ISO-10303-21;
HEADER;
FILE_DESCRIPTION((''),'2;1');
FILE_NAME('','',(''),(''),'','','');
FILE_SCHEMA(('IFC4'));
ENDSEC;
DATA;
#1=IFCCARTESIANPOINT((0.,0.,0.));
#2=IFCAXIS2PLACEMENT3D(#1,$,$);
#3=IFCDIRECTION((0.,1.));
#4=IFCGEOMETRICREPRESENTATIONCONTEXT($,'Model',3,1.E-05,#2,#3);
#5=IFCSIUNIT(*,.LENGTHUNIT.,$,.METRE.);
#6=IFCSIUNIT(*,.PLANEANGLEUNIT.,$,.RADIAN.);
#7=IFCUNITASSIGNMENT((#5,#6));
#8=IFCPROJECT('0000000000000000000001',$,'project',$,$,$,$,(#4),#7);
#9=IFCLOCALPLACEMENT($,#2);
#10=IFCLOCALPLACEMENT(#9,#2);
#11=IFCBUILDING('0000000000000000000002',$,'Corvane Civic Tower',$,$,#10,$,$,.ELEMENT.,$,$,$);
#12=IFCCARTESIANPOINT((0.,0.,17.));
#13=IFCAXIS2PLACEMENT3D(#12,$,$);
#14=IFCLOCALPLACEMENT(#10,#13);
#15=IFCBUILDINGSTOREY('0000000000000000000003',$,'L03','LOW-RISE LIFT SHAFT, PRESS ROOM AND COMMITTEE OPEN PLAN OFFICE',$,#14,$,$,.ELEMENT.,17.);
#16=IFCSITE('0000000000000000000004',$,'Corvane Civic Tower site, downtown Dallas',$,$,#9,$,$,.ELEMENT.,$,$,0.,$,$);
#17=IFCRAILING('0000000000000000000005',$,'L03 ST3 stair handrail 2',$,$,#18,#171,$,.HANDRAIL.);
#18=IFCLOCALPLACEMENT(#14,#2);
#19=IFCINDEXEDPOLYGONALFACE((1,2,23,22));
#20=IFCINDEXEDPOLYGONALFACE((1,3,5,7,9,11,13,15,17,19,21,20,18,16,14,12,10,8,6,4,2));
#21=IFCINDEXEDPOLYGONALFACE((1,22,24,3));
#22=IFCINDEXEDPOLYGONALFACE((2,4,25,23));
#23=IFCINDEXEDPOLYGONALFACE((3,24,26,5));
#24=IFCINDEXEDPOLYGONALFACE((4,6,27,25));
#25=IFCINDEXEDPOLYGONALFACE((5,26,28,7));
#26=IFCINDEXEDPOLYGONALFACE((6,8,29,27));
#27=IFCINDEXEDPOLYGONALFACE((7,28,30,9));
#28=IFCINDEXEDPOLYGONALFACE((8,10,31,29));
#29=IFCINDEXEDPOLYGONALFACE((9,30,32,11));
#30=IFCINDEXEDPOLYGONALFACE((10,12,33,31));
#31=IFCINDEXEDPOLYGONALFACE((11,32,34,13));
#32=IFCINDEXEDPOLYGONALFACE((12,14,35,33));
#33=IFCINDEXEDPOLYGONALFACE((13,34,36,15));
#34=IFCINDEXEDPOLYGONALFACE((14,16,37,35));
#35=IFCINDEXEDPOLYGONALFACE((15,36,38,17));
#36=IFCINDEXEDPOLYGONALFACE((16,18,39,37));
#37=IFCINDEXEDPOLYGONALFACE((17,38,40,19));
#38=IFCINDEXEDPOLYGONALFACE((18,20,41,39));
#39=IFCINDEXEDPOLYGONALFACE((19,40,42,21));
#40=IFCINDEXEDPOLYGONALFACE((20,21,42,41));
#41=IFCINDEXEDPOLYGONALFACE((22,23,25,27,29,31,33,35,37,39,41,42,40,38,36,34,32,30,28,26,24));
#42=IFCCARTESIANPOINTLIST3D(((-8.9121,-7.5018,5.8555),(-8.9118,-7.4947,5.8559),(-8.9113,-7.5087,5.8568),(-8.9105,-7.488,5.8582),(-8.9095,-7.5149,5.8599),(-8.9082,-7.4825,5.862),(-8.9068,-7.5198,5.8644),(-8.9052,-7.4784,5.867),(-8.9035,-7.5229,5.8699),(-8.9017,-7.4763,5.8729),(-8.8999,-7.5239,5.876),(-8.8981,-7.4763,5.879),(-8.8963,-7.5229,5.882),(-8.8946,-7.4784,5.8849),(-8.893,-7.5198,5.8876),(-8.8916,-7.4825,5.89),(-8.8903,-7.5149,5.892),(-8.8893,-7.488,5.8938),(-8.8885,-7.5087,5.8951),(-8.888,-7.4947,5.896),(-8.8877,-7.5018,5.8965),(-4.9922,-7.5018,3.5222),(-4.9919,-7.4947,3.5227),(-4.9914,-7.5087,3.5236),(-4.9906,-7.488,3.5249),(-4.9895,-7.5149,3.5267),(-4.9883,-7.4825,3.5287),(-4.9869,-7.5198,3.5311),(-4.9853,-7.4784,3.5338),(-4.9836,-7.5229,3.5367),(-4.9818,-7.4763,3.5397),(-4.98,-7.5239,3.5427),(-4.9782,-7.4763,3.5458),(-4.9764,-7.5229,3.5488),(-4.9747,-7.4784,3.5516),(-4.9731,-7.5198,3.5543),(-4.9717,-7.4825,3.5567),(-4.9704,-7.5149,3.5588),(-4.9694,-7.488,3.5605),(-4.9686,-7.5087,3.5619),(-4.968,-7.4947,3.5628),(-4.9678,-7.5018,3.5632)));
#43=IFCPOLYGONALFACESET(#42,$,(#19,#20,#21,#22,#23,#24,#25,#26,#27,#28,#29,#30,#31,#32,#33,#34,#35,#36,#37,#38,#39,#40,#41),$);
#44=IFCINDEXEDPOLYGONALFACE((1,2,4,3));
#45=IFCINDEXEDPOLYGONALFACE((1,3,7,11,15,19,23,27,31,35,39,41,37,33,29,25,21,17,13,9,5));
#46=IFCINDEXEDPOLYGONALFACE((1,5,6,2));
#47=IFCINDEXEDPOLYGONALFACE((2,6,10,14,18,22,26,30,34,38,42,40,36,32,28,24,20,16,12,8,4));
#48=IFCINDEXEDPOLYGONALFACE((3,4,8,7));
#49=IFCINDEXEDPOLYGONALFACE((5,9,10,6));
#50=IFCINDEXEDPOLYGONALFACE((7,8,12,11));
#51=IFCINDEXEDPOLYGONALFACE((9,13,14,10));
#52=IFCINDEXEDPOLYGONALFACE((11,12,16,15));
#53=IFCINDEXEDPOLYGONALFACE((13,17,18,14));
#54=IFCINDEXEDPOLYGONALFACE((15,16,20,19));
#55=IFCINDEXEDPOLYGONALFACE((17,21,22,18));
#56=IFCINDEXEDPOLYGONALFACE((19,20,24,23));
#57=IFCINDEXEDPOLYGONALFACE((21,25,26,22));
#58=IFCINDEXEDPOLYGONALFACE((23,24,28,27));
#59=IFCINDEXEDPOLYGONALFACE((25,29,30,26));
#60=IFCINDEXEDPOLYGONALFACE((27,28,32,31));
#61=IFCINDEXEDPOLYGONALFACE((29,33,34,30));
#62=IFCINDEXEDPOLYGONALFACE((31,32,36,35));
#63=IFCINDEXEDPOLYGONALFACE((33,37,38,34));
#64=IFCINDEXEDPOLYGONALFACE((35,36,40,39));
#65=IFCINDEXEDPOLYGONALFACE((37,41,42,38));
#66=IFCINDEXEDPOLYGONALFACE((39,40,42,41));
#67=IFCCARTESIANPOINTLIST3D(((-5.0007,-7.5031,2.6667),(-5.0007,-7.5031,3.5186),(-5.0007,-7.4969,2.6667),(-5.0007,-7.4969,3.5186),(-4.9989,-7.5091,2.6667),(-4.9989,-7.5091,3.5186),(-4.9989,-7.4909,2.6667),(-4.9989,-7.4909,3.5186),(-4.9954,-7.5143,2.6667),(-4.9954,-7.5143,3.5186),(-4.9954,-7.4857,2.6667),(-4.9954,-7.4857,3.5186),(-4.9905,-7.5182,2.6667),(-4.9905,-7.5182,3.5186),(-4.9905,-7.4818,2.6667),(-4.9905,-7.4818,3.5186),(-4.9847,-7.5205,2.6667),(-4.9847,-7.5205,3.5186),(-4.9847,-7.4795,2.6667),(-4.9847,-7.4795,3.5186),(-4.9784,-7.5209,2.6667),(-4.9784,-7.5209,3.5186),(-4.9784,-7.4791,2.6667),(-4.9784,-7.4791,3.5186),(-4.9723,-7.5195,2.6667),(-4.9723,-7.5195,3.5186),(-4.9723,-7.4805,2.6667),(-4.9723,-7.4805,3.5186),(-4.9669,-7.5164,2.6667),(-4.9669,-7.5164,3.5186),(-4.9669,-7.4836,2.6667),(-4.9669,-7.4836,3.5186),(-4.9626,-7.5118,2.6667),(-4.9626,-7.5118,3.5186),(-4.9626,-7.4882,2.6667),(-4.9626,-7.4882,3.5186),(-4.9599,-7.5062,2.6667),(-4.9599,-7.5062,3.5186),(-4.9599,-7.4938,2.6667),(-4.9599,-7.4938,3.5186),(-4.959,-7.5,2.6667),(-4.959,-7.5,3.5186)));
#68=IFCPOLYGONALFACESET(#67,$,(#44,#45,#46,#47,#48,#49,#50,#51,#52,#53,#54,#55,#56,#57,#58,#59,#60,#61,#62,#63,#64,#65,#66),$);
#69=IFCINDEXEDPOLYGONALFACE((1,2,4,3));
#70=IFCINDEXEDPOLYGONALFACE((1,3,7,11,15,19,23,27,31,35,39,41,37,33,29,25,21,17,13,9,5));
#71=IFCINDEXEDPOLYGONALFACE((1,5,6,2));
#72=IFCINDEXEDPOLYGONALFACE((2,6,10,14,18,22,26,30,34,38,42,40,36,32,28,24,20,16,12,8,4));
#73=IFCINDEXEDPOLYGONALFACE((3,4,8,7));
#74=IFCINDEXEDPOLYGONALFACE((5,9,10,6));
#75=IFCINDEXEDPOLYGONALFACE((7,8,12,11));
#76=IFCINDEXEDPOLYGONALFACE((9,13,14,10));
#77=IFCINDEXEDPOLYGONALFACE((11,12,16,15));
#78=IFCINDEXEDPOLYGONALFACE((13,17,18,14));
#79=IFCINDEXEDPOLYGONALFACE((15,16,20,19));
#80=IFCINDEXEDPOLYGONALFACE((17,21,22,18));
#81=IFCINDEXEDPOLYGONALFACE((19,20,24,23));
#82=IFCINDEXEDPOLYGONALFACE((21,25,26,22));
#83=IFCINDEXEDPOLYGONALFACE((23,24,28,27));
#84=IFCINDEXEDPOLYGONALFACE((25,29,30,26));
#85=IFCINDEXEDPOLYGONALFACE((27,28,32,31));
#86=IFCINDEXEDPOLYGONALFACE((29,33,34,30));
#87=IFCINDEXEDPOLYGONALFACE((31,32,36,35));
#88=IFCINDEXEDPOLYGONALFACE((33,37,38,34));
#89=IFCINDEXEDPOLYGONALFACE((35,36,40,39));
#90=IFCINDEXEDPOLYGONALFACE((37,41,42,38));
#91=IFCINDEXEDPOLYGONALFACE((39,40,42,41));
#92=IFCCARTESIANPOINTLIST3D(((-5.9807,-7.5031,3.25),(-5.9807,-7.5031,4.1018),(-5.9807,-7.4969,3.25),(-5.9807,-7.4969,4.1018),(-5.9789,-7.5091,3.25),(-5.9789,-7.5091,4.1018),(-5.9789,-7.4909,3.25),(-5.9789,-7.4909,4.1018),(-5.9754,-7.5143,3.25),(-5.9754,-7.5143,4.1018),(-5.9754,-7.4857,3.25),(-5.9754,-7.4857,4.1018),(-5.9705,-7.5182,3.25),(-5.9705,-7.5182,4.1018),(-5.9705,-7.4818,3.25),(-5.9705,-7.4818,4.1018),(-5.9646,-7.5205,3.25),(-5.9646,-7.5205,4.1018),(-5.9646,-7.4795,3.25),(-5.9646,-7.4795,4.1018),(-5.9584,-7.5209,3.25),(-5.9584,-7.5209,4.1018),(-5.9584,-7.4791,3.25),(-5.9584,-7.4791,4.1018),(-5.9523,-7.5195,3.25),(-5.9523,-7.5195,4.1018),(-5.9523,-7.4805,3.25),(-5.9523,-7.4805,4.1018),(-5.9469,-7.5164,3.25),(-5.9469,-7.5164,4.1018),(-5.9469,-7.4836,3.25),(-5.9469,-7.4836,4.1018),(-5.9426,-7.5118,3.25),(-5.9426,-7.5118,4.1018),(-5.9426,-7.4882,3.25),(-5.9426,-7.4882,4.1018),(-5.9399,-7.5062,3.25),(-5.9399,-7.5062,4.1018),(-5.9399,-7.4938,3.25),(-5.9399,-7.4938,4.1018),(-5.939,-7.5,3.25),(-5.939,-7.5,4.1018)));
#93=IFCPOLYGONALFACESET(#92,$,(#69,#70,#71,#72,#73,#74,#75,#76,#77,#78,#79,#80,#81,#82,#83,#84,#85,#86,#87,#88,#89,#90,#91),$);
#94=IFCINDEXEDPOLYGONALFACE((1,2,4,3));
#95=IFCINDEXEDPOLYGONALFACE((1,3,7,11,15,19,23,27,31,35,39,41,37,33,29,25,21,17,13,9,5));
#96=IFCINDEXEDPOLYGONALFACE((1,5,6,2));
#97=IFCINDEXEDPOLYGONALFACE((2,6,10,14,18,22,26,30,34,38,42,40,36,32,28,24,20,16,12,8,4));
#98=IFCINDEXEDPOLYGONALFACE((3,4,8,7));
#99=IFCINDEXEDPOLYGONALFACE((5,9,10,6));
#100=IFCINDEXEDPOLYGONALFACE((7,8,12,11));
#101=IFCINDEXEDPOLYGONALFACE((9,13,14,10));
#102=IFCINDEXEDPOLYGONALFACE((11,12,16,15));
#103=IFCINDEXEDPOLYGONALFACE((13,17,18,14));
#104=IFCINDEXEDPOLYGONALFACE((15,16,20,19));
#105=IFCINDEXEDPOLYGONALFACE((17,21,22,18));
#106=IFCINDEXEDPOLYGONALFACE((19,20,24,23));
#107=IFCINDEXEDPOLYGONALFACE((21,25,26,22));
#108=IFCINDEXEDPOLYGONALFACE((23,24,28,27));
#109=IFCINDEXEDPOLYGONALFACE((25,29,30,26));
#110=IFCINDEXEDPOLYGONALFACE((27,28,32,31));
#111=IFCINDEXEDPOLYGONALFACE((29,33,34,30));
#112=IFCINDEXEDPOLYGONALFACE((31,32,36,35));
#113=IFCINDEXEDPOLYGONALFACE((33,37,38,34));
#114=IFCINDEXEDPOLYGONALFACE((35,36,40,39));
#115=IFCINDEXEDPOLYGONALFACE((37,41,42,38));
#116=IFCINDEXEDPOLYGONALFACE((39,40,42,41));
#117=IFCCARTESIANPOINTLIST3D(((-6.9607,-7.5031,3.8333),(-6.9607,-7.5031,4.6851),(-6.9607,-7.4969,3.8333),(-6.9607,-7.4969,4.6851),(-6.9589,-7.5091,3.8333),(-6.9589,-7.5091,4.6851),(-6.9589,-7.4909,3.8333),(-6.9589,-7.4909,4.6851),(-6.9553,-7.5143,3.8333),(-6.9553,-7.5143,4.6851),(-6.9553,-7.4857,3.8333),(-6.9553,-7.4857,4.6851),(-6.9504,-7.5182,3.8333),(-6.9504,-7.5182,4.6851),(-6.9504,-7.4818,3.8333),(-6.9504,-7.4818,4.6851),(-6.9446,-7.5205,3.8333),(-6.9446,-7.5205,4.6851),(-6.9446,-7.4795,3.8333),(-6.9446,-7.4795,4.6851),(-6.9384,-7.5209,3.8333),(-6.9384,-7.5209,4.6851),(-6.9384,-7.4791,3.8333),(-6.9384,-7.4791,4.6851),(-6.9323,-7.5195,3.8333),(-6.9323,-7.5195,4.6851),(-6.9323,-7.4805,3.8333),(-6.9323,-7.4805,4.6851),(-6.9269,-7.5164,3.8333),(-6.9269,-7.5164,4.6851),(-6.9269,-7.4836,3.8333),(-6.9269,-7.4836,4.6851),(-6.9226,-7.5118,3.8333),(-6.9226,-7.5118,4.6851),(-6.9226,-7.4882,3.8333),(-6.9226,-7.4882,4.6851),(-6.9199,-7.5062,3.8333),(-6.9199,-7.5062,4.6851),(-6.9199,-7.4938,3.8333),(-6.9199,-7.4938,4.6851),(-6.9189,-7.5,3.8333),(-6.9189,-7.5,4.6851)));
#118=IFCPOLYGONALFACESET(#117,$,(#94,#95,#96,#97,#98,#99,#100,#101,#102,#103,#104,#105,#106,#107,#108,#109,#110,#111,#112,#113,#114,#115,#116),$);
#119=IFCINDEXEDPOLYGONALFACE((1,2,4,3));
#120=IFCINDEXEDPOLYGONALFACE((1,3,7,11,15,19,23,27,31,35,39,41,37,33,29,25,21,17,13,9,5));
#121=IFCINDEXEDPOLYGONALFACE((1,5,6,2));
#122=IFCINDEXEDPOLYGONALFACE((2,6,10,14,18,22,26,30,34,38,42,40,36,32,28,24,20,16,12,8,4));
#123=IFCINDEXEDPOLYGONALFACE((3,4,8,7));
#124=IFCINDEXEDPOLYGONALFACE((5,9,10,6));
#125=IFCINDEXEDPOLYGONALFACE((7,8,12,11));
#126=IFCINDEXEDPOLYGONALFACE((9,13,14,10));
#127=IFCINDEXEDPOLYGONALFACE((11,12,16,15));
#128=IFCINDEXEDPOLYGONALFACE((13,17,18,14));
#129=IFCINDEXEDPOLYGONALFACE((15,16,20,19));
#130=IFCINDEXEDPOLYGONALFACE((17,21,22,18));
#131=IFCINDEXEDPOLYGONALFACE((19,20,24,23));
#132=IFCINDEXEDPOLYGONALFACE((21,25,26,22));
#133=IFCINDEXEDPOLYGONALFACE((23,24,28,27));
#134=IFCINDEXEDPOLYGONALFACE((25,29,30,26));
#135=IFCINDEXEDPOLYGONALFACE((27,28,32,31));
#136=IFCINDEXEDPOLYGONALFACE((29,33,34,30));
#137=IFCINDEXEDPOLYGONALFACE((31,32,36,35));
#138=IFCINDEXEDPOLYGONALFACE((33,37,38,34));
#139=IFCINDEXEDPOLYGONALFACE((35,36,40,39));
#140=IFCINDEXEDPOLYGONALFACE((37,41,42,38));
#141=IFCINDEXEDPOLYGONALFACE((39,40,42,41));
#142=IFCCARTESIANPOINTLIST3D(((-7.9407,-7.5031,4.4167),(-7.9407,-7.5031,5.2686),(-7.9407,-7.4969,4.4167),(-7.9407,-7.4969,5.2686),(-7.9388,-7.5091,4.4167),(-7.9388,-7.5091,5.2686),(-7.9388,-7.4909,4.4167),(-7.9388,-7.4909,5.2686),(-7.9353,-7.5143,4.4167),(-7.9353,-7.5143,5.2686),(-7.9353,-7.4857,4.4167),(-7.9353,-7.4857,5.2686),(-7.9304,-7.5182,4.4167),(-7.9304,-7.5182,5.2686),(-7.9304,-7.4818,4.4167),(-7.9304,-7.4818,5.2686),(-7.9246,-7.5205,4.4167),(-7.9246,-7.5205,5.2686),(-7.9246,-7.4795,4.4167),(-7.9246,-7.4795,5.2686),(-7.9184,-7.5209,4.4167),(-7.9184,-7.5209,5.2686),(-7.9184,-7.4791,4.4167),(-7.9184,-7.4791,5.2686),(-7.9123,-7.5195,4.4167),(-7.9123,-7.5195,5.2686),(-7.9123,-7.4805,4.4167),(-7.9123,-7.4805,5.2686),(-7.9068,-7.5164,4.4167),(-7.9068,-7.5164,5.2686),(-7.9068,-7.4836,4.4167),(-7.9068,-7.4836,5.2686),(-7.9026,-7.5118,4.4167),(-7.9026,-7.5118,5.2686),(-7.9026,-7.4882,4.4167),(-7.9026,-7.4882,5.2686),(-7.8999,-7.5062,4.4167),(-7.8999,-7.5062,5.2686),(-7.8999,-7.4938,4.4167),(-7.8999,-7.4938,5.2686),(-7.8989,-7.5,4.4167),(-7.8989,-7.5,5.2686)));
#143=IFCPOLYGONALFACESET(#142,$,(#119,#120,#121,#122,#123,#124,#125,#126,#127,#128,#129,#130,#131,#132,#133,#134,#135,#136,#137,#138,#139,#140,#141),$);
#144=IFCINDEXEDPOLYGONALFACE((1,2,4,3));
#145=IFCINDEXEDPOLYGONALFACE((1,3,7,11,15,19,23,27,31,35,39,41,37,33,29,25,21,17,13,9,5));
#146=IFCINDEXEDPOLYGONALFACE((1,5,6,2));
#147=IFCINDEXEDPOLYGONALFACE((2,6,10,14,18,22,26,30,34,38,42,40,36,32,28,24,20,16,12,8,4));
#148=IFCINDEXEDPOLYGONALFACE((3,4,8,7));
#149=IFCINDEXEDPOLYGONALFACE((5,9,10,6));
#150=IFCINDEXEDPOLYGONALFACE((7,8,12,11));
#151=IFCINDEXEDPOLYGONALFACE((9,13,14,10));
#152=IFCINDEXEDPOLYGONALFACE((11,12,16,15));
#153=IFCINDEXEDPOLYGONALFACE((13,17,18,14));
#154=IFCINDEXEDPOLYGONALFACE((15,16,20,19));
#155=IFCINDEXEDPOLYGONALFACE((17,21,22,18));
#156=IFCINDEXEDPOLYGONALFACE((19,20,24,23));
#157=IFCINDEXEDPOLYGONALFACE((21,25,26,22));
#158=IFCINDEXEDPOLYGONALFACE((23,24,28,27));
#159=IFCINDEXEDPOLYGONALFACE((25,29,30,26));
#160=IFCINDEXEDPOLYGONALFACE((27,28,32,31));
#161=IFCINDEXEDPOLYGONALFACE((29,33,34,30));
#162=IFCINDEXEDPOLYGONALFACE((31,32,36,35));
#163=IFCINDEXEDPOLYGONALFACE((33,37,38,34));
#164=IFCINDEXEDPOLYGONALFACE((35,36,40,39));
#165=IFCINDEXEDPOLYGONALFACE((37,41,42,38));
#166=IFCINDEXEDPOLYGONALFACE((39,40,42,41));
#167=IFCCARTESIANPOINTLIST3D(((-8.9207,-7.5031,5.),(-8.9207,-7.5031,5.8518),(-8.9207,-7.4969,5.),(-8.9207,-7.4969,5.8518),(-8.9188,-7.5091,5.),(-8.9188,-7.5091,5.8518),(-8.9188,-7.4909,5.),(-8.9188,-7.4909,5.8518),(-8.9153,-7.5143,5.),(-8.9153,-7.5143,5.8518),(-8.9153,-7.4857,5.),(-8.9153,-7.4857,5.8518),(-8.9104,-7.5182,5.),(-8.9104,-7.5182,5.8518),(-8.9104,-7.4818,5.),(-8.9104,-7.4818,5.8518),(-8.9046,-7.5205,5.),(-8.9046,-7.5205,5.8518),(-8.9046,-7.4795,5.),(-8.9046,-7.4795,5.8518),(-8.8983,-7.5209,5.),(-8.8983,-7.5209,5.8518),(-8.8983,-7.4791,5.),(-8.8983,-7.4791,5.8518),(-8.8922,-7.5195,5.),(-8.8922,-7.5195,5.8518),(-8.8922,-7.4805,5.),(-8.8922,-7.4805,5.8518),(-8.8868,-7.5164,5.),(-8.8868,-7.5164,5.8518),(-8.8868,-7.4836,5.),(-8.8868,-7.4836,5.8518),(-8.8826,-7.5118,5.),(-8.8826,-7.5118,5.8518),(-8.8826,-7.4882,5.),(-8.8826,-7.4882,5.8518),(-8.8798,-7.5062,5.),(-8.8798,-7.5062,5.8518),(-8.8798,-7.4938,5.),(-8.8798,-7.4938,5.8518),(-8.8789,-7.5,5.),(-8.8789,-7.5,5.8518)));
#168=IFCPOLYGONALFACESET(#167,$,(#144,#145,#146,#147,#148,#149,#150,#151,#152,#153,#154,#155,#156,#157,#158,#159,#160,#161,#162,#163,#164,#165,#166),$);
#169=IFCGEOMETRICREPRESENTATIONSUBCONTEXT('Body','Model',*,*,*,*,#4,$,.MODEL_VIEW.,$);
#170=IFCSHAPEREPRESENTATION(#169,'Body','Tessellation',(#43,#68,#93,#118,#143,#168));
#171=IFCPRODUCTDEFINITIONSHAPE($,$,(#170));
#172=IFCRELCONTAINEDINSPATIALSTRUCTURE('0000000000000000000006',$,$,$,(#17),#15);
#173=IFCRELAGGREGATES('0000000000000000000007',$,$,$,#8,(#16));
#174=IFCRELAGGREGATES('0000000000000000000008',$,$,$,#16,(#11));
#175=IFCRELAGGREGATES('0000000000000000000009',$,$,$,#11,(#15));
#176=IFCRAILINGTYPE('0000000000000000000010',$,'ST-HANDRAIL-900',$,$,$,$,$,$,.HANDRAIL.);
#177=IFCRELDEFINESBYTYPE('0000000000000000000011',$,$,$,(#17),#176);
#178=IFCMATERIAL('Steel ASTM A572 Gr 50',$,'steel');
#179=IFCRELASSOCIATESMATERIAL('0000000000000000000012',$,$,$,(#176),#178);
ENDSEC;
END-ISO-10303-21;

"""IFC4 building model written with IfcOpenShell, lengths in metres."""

from ifc_helpers import new_model, si_unit, direction, frame, origin, origin_2d, place, context, subcontext, project, spatial, circle, extrude, material, type_object, element, save


model = new_model("IFC4")

# Units and contexts
model_context = context("Model", 3, precision=1e-05, world=origin(), true_north=direction((0.0, 1.0)))
body_context = subcontext(model_context, "Body", "Model", "MODEL_VIEW")
ifc_project = project(units=[si_unit("LENGTHUNIT", "METRE"), si_unit("PLANEANGLEUNIT", "RADIAN")], contexts=[model_context])

# Site, building, storey
site_placement = place(None, origin())
site = spatial("IfcSite", under=ifc_project, at=site_placement, Name="Corvane Civic Tower site, downtown Dallas", CompositionType="ELEMENT", RefElevation=0.0)
building_placement = place(site_placement, origin())
building = spatial("IfcBuilding", under=site, at=building_placement, Name="Corvane Civic Tower", CompositionType="ELEMENT")
storey_placement = place(building_placement, frame((0.0, 0.0, 17.0)))
storey = spatial("IfcBuildingStorey", under=building, at=storey_placement, Name="L03", Description="LOW-RISE LIFT SHAFT, PRESS ROOM AND COMMITTEE OPEN PLAN OFFICE", CompositionType="ELEMENT", Elevation=17.0)

# Railing
ifc_material_1 = material(Name="Steel ASTM A572 Gr 50", Category="steel")
railing_type_1 = type_object("IfcRailingType", Name="ST-HANDRAIL-900", PredefinedType="HANDRAIL", material=ifc_material_1)
railing_1_placement = place(storey_placement, frame((-4.98, -7.5, 2.6667)))
element("IfcRailing", 1, at=railing_1_placement, inside=storey, type_object=railing_type_1, Name="L03 ST3 stair handrail 2", PredefinedType="HANDRAIL", context=body_context, shape_type="SweptSolid", body=[
    extrude(circle(Radius=0.0239, at=origin_2d()), frame((0.0, 0.0, 0.876), z_axis=(-0.859296, 0.0, 0.511478), x_axis=(0.0, -1.0, 0.0)), (0.0, 0.0, 1.0), 4.5618),
    extrude(circle(Radius=0.021, at=origin_2d()), origin(), (0.0, 0.0, 1.0), 0.8518),
    extrude(circle(Radius=0.021, at=origin_2d()), frame((-0.98, 0.0, 0.5833)), (0.0, 0.0, 1.0), 0.8518),
    extrude(circle(Radius=0.021, at=origin_2d()), frame((-1.96, 0.0, 1.1665)), (0.0, 0.0, 1.0), 0.8518),
    extrude(circle(Radius=0.021, at=origin_2d()), frame((-2.9399, 0.0, 1.75)), (0.0, 0.0, 1.0), 0.8518),
    extrude(circle(Radius=0.021, at=origin_2d()), frame((-3.9199, 0.0, 2.3333)), (0.0, 0.0, 1.0), 0.8518),
])

save(model, "model.ifc")
